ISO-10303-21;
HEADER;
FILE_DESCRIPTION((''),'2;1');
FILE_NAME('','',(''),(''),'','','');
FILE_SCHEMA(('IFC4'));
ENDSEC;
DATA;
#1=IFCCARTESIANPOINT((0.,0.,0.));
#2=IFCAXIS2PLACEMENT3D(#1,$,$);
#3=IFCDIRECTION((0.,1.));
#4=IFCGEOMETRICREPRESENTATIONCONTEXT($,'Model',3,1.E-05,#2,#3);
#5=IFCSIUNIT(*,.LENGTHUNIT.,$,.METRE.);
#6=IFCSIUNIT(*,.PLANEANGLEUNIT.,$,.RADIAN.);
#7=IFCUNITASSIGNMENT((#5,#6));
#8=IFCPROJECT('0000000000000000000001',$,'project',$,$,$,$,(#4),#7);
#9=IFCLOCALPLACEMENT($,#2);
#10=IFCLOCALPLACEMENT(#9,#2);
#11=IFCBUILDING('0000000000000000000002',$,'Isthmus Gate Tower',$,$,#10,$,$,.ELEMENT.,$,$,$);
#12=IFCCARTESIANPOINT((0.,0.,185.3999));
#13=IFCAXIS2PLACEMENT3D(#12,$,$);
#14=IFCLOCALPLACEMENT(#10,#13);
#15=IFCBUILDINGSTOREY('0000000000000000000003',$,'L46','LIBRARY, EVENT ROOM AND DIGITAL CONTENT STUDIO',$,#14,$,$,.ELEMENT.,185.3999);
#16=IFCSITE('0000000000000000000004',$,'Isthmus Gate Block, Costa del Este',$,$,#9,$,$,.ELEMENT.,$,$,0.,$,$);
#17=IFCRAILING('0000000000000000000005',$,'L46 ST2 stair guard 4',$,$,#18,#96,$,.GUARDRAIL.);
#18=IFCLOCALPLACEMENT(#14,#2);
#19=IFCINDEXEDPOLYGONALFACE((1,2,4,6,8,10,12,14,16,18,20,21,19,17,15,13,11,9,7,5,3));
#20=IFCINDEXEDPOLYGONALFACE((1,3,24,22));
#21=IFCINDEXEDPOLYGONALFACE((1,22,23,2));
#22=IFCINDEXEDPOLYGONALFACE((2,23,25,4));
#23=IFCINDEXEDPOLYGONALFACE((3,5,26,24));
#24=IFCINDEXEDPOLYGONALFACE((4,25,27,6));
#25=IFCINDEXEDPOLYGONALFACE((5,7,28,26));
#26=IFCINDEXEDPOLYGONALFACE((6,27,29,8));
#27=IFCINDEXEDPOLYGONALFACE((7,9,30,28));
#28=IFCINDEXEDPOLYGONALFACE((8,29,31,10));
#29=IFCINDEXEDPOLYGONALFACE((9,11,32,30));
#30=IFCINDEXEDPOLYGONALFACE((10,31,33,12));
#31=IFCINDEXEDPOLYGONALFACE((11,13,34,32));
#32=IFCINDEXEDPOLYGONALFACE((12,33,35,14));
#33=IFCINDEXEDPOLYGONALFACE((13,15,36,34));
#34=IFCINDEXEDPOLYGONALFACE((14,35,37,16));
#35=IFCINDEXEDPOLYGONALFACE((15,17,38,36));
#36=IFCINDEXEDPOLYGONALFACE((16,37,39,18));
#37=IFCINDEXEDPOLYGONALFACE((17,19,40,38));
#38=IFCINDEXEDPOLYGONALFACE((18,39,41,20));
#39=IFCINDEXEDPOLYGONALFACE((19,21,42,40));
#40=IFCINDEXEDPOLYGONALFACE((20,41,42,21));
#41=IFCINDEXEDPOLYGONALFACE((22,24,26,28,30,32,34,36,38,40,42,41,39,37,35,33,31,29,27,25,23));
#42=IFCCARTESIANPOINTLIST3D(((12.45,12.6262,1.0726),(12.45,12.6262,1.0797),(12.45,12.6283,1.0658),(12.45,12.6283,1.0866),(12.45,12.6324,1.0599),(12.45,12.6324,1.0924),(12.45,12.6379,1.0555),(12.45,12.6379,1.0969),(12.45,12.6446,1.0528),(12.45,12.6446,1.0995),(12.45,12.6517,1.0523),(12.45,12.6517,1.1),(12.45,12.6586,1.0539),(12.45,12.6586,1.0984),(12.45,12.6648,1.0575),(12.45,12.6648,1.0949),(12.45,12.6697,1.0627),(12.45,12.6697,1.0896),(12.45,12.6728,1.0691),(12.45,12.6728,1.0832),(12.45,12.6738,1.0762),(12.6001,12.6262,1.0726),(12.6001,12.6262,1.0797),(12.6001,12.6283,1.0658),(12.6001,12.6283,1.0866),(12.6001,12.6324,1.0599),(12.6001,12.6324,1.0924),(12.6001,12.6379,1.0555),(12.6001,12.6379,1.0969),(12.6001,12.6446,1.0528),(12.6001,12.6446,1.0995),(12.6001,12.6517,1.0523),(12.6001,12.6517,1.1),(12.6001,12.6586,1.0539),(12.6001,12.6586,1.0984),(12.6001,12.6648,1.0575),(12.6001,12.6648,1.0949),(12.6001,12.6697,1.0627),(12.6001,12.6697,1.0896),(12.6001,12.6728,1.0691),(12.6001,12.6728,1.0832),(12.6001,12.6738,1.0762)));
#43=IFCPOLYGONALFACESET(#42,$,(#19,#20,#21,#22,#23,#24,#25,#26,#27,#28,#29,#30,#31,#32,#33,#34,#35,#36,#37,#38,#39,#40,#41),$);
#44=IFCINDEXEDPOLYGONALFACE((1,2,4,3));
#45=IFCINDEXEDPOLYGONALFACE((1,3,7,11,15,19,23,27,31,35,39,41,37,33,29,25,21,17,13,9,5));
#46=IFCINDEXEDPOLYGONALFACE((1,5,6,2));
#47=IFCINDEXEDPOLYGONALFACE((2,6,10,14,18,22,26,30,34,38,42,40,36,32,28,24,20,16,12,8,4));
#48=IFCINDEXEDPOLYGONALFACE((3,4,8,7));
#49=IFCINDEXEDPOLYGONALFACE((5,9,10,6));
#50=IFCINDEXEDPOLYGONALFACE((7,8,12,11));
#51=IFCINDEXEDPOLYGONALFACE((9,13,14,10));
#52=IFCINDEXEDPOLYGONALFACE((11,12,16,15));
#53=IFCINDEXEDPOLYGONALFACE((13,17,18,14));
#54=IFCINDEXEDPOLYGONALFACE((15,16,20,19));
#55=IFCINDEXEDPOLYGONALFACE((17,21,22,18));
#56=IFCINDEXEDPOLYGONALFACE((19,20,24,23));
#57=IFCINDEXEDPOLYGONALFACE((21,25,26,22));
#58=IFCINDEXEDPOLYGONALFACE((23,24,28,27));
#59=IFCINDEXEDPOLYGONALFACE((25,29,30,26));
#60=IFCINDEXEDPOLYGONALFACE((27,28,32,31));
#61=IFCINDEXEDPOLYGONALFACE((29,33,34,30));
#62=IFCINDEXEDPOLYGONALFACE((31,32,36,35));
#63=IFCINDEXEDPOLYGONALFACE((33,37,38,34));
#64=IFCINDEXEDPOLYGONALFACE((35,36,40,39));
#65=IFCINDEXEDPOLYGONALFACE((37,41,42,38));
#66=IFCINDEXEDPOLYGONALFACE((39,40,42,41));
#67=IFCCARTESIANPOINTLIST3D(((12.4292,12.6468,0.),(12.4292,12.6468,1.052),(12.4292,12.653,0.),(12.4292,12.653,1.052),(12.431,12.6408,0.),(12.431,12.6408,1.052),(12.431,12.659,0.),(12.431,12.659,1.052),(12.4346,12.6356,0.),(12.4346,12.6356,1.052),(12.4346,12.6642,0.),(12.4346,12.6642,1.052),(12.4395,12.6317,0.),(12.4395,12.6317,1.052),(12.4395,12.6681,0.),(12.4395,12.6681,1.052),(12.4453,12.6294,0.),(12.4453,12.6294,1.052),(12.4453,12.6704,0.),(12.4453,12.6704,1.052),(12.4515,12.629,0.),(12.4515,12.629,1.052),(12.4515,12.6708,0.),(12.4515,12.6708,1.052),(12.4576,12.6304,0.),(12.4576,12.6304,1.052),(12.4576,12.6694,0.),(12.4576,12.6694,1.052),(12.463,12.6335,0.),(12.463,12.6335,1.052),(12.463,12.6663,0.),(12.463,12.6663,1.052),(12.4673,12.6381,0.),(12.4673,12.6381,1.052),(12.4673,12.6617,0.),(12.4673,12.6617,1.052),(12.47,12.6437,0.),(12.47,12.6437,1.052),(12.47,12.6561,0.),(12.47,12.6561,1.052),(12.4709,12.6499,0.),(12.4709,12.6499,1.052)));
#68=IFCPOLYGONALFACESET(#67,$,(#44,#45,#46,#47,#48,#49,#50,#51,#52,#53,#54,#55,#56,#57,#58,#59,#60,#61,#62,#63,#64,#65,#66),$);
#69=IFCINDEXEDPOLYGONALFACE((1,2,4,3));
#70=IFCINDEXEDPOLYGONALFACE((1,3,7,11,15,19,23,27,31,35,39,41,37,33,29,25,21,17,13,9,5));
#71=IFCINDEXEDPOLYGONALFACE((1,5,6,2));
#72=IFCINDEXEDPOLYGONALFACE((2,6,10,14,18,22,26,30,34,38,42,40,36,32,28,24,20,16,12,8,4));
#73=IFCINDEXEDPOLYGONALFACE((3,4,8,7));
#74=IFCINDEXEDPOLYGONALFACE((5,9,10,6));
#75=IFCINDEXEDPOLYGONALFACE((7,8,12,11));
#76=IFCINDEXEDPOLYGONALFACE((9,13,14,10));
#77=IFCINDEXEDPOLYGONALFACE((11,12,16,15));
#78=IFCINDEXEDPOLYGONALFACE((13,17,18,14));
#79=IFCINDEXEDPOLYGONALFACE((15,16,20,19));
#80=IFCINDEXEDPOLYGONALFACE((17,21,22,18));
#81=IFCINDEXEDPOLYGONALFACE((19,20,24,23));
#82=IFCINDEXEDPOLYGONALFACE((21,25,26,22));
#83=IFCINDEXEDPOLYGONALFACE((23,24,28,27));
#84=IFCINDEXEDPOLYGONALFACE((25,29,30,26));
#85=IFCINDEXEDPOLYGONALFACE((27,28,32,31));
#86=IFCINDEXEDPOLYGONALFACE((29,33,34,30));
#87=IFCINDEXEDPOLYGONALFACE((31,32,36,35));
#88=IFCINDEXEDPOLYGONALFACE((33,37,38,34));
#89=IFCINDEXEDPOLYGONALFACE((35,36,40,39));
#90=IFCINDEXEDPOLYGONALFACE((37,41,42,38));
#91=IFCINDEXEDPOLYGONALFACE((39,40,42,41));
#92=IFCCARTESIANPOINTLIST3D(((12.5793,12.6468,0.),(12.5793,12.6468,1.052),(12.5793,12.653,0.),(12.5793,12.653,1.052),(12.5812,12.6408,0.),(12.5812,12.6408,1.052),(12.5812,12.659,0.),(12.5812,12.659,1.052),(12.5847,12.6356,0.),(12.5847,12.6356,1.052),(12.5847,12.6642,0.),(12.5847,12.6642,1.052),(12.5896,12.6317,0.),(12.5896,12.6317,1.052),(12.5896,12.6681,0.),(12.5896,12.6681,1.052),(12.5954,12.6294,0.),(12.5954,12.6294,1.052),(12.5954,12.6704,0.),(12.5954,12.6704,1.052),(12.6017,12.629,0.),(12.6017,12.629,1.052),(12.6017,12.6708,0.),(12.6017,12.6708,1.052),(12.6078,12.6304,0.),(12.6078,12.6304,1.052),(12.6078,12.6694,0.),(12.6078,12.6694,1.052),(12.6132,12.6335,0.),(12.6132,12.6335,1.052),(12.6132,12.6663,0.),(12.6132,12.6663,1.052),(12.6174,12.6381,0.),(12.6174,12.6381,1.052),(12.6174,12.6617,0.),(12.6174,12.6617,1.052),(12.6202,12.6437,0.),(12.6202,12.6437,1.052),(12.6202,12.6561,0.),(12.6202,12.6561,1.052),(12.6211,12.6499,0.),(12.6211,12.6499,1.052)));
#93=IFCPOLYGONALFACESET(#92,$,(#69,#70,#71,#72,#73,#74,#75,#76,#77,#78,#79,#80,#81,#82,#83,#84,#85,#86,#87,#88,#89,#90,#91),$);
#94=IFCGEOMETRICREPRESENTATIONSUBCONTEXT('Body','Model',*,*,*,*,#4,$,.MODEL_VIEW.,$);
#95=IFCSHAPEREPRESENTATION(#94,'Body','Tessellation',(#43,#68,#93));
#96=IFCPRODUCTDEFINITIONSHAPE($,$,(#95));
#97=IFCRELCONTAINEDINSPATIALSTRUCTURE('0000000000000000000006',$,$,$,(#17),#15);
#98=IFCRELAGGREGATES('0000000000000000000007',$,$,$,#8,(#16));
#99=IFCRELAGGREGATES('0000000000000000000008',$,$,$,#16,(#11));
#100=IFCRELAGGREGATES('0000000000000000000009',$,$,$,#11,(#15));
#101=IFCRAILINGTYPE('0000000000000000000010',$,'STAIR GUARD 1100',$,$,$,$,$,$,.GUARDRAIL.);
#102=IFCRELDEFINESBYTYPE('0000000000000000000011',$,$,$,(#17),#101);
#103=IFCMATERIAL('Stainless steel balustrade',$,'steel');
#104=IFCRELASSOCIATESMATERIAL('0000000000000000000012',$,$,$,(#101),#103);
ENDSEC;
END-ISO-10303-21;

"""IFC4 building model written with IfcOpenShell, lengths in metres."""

from ifc_helpers import new_model, si_unit, direction, frame, origin, origin_2d, place, context, subcontext, project, spatial, circle, extrude, material, type_object, element, save


model = new_model("IFC4")

# Units and contexts
model_context = context("Model", 3, precision=1e-05, world=origin(), true_north=direction((0.0, 1.0)))
body_context = subcontext(model_context, "Body", "Model", "MODEL_VIEW")
ifc_project = project(units=[si_unit("LENGTHUNIT", "METRE"), si_unit("PLANEANGLEUNIT", "RADIAN")], contexts=[model_context])

# Site, building, storey
site_placement = place(None, origin())
site = spatial("IfcSite", under=ifc_project, at=site_placement, Name="Isthmus Gate Block, Costa del Este", CompositionType="ELEMENT", RefElevation=0.0)
building_placement = place(site_placement, origin())
building = spatial("IfcBuilding", under=site, at=building_placement, Name="Isthmus Gate Tower", CompositionType="ELEMENT")
storey_placement = place(building_placement, frame((0.0, 0.0, 185.3999)))
storey = spatial("IfcBuildingStorey", under=building, at=storey_placement, Name="L46", Description="LIBRARY, EVENT ROOM AND DIGITAL CONTENT STUDIO", CompositionType="ELEMENT", Elevation=185.3999)

# Railing
ifc_material_1 = material(Name="Stainless steel balustrade", Category="steel")
railing_type_1 = type_object("IfcRailingType", Name="STAIR GUARD 1100", PredefinedType="GUARDRAIL", material=ifc_material_1)
railing_1_placement = place(storey_placement, frame((12.45, 12.6499, 0.0)))
element("IfcRailing", 1, at=railing_1_placement, inside=storey, type_object=railing_type_1, Name="L46 ST2 stair guard 4", PredefinedType="GUARDRAIL", context=body_context, shape_type="SweptSolid", body=[
    extrude(circle(Radius=0.0239, at=origin_2d()), frame((0.0, 0.0, 1.0762), z_axis=(1.0, 0.0, 0.0), x_axis=(0.0, 1.0, 0.0)), (0.0, 0.0, 1.0), 0.1501),
    extrude(circle(Radius=0.021, at=origin_2d()), origin(), (0.0, 0.0, 1.0), 1.052),
    extrude(circle(Radius=0.021, at=origin_2d()), frame((0.1501, 0.0, 0.0)), (0.0, 0.0, 1.0), 1.052),
])

save(model, "model.ifc")
